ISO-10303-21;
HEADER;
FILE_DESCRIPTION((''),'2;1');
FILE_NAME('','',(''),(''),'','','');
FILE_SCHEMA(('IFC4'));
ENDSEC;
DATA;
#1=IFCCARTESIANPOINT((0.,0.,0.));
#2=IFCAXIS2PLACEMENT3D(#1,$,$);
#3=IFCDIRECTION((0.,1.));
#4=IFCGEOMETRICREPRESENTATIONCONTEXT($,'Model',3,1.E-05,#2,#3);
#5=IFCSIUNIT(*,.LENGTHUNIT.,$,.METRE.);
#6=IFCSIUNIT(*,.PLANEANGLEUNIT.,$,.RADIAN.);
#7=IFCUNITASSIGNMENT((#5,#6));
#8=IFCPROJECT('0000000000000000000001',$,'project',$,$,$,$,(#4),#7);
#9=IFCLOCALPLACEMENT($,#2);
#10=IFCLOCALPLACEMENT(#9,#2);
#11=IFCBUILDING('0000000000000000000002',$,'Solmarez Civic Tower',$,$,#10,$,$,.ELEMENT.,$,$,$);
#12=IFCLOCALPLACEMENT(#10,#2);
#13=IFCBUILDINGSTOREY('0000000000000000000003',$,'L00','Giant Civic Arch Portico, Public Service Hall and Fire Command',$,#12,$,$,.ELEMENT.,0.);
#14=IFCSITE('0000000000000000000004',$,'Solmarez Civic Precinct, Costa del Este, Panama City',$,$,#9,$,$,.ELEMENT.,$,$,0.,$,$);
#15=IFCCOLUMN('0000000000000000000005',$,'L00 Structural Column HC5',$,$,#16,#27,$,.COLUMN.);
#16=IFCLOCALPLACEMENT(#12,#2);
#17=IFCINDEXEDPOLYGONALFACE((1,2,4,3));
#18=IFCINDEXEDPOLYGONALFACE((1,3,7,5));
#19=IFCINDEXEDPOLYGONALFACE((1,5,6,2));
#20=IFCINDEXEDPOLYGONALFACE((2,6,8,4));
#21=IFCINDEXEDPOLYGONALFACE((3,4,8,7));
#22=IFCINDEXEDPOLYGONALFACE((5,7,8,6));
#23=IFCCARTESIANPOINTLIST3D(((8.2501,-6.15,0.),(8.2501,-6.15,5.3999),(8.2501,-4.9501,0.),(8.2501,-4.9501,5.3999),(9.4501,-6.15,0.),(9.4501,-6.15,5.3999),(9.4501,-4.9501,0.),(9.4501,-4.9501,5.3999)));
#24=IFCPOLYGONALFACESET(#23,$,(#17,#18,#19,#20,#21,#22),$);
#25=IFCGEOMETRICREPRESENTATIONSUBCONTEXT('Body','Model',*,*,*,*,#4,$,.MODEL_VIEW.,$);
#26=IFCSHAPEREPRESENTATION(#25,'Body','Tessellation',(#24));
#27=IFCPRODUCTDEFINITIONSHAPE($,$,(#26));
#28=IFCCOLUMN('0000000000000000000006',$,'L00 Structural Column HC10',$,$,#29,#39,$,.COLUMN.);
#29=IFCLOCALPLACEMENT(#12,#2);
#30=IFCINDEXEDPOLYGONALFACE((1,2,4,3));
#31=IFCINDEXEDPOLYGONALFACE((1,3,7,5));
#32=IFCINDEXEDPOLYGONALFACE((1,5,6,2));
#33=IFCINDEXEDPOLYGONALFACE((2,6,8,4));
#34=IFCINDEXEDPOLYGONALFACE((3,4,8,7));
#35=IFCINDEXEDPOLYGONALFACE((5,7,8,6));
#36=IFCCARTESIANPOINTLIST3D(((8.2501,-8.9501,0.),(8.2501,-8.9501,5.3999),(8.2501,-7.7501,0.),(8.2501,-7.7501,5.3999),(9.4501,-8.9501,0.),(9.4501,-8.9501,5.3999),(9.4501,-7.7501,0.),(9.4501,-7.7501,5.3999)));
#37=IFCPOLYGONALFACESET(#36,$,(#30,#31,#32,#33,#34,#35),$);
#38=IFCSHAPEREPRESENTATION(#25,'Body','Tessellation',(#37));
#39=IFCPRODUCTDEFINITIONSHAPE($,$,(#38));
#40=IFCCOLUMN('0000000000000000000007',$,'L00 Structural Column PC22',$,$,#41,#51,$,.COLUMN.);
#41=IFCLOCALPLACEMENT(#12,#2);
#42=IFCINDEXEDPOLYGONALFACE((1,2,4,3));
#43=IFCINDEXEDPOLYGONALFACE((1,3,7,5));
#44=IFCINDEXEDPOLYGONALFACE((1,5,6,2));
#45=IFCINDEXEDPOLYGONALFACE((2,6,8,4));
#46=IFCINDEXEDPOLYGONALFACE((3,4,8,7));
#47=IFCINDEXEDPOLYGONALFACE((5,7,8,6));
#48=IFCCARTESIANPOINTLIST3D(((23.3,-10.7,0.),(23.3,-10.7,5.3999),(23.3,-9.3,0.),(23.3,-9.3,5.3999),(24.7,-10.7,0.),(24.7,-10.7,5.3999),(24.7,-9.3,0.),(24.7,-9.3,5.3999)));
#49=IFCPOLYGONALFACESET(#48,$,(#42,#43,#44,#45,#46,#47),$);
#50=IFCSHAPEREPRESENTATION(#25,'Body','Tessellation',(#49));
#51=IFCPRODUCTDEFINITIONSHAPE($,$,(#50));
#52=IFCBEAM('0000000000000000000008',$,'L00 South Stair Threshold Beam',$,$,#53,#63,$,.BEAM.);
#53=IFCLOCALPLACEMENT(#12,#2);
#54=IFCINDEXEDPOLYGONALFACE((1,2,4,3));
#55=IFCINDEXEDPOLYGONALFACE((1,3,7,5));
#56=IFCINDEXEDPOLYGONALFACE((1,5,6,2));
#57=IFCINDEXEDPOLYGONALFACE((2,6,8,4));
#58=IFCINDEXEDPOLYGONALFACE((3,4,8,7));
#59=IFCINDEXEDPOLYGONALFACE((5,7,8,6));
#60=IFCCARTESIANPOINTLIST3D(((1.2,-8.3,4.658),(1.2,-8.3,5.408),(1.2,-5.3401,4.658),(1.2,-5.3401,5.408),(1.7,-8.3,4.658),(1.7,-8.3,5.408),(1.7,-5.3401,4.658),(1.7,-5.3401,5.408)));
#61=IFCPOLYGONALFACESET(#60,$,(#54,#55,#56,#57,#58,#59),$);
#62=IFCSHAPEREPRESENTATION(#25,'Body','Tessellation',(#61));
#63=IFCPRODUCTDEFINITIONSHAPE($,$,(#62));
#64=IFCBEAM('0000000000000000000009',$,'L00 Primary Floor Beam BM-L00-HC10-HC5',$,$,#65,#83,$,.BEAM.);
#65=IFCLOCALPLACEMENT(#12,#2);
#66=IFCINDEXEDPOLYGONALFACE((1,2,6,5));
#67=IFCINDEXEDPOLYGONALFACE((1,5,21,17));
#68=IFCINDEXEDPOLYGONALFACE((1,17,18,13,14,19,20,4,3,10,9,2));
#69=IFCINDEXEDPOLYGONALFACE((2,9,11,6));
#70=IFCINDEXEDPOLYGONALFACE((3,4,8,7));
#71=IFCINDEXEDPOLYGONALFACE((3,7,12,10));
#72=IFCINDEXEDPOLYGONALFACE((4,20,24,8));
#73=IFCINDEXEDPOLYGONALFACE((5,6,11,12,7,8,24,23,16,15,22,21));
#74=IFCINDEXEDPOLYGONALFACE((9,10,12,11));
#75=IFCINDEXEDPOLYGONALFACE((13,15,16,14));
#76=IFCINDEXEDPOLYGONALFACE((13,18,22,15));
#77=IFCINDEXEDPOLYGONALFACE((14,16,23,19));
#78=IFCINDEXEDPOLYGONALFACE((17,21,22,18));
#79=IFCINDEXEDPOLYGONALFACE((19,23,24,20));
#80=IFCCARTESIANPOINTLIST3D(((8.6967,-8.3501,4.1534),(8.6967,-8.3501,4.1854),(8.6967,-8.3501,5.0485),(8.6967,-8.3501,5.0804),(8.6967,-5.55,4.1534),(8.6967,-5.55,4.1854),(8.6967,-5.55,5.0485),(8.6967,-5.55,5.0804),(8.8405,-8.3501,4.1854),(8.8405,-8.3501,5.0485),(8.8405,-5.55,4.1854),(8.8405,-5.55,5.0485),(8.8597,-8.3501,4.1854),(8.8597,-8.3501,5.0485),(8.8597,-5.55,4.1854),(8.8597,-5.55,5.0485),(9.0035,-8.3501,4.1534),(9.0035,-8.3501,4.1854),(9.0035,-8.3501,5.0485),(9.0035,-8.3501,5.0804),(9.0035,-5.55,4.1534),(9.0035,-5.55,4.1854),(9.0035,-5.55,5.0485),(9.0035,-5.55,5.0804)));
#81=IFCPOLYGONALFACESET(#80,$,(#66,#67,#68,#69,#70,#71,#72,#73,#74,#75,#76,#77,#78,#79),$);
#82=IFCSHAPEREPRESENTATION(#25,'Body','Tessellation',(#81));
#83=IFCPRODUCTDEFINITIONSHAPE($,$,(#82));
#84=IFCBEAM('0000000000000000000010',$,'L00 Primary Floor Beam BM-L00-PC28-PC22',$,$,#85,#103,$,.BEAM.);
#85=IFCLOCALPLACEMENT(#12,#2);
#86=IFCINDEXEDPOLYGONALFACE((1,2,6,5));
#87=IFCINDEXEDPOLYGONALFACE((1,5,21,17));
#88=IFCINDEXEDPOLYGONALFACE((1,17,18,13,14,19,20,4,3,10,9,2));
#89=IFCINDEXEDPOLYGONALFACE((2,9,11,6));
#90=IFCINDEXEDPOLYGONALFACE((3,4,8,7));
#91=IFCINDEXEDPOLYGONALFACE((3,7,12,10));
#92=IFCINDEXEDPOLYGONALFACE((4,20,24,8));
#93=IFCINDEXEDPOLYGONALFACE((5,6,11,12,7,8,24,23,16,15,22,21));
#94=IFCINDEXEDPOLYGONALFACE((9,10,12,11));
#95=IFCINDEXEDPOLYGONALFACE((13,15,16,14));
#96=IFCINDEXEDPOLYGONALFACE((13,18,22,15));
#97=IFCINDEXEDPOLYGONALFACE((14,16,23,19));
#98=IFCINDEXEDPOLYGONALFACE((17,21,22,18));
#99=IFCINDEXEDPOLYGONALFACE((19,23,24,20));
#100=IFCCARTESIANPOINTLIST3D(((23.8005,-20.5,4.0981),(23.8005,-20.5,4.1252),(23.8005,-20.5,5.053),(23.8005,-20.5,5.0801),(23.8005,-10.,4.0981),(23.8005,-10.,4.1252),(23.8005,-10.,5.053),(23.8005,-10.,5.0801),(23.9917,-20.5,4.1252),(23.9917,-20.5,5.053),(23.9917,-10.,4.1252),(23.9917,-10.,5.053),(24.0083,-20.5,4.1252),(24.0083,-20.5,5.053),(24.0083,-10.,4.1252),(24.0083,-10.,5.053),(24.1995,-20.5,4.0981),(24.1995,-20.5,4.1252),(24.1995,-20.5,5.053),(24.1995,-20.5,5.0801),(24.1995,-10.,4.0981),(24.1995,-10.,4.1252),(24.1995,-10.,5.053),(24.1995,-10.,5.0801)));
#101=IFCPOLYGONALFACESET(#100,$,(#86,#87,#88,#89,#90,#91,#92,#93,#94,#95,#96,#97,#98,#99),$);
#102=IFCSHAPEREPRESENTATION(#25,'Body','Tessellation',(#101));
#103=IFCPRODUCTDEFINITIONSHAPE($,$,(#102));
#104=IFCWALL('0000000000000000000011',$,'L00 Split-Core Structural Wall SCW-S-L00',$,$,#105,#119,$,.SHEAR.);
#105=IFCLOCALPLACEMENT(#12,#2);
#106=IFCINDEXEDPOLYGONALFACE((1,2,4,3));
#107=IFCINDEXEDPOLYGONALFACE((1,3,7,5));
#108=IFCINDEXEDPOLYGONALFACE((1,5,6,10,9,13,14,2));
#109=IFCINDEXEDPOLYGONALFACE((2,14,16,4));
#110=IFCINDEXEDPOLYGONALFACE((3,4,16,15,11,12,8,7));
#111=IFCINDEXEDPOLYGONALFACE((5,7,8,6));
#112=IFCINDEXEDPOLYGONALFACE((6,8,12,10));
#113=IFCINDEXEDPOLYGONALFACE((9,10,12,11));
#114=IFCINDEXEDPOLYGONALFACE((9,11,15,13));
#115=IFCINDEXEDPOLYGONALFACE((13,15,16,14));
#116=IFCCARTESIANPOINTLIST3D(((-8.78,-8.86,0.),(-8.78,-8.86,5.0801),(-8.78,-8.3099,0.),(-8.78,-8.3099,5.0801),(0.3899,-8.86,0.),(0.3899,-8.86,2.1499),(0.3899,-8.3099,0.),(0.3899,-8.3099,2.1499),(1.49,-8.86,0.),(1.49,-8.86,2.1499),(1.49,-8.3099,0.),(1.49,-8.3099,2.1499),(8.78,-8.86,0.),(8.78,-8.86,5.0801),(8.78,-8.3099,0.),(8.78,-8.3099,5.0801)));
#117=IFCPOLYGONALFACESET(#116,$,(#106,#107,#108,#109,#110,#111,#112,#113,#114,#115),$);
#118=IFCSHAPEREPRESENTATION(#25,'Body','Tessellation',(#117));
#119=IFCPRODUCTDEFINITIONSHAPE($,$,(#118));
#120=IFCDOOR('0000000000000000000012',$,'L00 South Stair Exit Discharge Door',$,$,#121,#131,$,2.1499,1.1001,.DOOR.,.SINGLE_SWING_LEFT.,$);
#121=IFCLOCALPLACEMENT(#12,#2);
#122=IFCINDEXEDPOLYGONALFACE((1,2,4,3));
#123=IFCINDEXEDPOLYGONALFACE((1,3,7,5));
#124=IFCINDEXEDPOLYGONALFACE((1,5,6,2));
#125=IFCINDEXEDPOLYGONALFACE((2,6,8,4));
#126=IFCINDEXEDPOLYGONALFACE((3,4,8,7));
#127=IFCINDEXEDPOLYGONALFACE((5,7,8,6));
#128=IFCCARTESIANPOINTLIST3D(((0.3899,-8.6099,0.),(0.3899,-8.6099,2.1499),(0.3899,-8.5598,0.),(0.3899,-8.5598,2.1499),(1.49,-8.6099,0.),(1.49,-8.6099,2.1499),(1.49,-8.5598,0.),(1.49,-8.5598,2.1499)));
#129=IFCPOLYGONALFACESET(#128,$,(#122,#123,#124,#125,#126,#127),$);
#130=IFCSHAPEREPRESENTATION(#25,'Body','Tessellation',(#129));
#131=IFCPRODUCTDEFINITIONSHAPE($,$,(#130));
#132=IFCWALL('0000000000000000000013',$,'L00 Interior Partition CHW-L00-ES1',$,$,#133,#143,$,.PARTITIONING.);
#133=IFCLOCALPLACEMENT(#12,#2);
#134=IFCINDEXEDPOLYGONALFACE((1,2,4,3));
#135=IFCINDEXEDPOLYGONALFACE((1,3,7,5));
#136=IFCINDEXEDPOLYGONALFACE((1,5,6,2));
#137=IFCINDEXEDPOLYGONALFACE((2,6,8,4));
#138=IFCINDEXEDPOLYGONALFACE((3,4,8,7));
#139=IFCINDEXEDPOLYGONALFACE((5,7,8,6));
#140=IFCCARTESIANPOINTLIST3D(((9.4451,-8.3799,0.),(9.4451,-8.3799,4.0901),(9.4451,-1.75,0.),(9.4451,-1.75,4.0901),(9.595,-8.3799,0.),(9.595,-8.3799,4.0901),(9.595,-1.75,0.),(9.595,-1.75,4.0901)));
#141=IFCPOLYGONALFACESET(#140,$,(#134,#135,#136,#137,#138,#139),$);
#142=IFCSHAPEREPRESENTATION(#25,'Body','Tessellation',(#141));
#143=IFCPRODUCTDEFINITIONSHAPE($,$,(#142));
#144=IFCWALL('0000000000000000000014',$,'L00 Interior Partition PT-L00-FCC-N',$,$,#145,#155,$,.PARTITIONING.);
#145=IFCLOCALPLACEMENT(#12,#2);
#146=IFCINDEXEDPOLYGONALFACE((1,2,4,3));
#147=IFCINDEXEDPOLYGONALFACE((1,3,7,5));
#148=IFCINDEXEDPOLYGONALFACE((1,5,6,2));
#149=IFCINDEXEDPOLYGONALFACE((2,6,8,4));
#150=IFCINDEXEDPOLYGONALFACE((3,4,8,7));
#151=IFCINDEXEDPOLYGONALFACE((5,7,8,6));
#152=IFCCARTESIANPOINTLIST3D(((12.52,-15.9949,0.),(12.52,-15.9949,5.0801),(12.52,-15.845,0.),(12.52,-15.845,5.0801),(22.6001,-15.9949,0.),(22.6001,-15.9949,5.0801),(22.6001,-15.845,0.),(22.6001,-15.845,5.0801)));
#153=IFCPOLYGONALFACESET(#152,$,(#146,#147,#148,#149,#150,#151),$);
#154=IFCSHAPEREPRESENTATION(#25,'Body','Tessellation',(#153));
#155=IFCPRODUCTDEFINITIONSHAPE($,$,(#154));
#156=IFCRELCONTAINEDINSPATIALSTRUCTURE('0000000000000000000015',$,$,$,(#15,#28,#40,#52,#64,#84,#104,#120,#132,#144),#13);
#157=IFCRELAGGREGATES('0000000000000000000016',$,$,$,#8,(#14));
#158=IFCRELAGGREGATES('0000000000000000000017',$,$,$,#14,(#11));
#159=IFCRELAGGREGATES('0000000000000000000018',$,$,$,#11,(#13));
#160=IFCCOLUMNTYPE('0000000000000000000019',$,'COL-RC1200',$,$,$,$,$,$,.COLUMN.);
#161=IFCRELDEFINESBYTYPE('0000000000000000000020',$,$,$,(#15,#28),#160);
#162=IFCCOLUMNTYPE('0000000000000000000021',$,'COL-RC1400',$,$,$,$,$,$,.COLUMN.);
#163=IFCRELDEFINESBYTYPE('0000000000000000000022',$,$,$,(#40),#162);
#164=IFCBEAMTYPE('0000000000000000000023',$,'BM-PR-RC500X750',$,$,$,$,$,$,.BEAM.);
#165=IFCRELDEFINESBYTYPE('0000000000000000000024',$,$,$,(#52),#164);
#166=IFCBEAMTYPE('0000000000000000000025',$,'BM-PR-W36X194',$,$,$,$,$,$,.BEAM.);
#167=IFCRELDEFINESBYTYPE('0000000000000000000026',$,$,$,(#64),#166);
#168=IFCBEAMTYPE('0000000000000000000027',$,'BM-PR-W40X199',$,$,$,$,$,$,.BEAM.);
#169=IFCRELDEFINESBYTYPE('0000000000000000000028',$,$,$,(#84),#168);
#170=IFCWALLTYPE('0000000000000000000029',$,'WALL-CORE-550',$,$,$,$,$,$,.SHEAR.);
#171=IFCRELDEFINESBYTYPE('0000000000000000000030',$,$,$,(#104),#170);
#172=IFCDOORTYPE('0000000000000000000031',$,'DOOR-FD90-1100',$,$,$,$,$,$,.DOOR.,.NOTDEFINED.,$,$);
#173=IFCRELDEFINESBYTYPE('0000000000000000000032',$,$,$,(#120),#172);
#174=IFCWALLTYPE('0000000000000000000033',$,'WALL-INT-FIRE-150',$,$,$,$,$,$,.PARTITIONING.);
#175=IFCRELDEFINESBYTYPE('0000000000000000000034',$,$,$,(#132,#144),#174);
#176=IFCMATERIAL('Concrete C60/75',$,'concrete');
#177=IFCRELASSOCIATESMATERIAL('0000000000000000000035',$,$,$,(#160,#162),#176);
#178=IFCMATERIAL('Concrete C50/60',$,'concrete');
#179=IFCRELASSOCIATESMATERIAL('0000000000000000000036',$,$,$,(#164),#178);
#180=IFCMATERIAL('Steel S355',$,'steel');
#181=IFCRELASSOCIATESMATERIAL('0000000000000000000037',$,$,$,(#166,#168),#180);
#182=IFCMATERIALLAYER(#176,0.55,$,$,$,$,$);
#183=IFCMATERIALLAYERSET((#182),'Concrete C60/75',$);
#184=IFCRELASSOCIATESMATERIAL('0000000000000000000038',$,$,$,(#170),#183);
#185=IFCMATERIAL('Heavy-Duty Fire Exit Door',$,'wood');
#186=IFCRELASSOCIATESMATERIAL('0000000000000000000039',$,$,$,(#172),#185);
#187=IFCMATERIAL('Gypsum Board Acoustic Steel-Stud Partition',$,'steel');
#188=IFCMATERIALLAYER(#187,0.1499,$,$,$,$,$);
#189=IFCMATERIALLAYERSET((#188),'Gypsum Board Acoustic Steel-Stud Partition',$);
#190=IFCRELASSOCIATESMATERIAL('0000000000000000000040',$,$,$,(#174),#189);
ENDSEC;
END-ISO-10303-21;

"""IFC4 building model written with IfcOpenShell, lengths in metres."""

from ifc_helpers import new_model, si_unit, direction, frame, frame_2d, origin, origin_2d, place, context, subcontext, project, spatial, rectangle, i_section, extrude, material, layer, layer_set, material_profile, profile_set, type_object, element, fill, save


model = new_model("IFC4")

# Units and contexts
model_context = context("Model", 3, precision=1e-05, world=origin(), true_north=direction((0.0, 1.0)))
body_context = subcontext(model_context, "Body", "Model", "MODEL_VIEW")
ifc_project = project(units=[si_unit("LENGTHUNIT", "METRE"), si_unit("PLANEANGLEUNIT", "RADIAN")], contexts=[model_context])

# Site, building, storey
site_placement = place(None, origin())
site = spatial("IfcSite", under=ifc_project, at=site_placement, Name="Solmarez Civic Precinct, Costa del Este, Panama City", CompositionType="ELEMENT", RefElevation=0.0)
building_placement = place(site_placement, origin())
building = spatial("IfcBuilding", under=site, at=building_placement, Name="Solmarez Civic Tower", CompositionType="ELEMENT")
storey_placement = place(building_placement, origin())
storey = spatial("IfcBuildingStorey", under=building, at=storey_placement, Name="L00", Description="Giant Civic Arch Portico, Public Service Hall and Fire Command", CompositionType="ELEMENT", Elevation=0.0)

# Columns
ifc_material_1 = material(Name="Concrete C60/75", Category="concrete")
ifc_material_profile_1 = material_profile(ifc_material_1, rectangle(XDim=1.2, YDim=1.2, at=origin_2d()), Name="RC1200X1200")
ifc_profile_set_1 = profile_set([ifc_material_profile_1], Name="Concrete C60/75")
column_type_1 = type_object("IfcColumnType", Name="COL-RC1200", PredefinedType="COLUMN", material=ifc_profile_set_1)
for number, where, z_axis, x_axis, name in (
    (1, (8.8501, -5.55, 0.0), (0.0, 0.0, 1.0), (1.0, 0.0, 0.0), "L00 Structural Column HC5"),
    (2, (8.8501, -8.3501, 0.0), (0.0, 0.0, 1.0), (1.0, 0.0, 0.0), "L00 Structural Column HC10"),
):
    element("IfcColumn", number, at=place(storey_placement, frame(where, z_axis=z_axis, x_axis=x_axis)), inside=storey, type_object=column_type_1, Name=name, PredefinedType="COLUMN", context=body_context, shape_type="SweptSolid", body=[
        extrude(rectangle(XDim=1.2, YDim=1.2, at=origin_2d()), origin(), (0.0, 0.0, 1.0), 5.3999),
    ])
ifc_material_profile_2 = material_profile(ifc_material_1, rectangle(XDim=1.3999, YDim=1.3999, at=origin_2d()), Name="RC1400X1400")
ifc_profile_set_2 = profile_set([ifc_material_profile_2], Name="Concrete C60/75")
column_type_2 = type_object("IfcColumnType", Name="COL-RC1400", PredefinedType="COLUMN", material=ifc_profile_set_2)
column_placement = place(storey_placement, frame((24.0, -10.0, 0.0), z_axis=(0.0, 0.0, 1.0), x_axis=(1.0, 0.0, 0.0)))
element("IfcColumn", 3, at=column_placement, inside=storey, type_object=column_type_2, Name="L00 Structural Column PC22", PredefinedType="COLUMN", context=body_context, shape_type="SweptSolid", body=[
    extrude(rectangle(XDim=1.3999, YDim=1.3999, at=origin_2d()), origin(), (0.0, 0.0, 1.0), 5.3999),
])

# Beams
ifc_material_2 = material(Name="Concrete C50/60", Category="concrete")
ifc_material_profile_3 = material_profile(ifc_material_2, rectangle(XDim=0.5, YDim=0.75, at=origin_2d()), Name="RC500X750")
ifc_profile_set_3 = profile_set([ifc_material_profile_3], Name="Concrete C50/60")
beam_type_1 = type_object("IfcBeamType", Name="BM-PR-RC500X750", PredefinedType="BEAM", material=ifc_profile_set_3)
beam_1_placement = place(storey_placement, frame((1.45, -8.3, 5.033), z_axis=(0.0, 1.0, 0.0), x_axis=(-1.0, 0.0, 0.0)))
element("IfcBeam", 4, at=beam_1_placement, inside=storey, type_object=beam_type_1, Name="L00 South Stair Threshold Beam", PredefinedType="BEAM", context=body_context, shape_type="SweptSolid", body=[
    extrude(rectangle(XDim=0.5, YDim=0.75, at=origin_2d()), origin(), (0.0, 0.0, 1.0), 2.96),
])
ifc_material_3 = material(Name="Steel S355", Category="steel")
ifc_material_profile_4 = material_profile(ifc_material_3, i_section(OverallWidth=0.3069, OverallDepth=0.927, WebThickness=0.0193, FlangeThickness=0.032, at=origin_2d()), Name="W36X194")
ifc_profile_set_4 = profile_set([ifc_material_profile_4], Name="Steel S355")
beam_type_2 = type_object("IfcBeamType", Name="BM-PR-W36X194", PredefinedType="BEAM", material=ifc_profile_set_4)
beam_2_placement = place(storey_placement, frame((8.8501, -8.3501, 4.6169), z_axis=(0.0, 1.0, 0.0), x_axis=(-1.0, 0.0, 0.0)))
element("IfcBeam", 5, at=beam_2_placement, inside=storey, type_object=beam_type_2, Name="L00 Primary Floor Beam BM-L00-HC10-HC5", PredefinedType="BEAM", context=body_context, shape_type="SweptSolid", body=[
    extrude(i_section(OverallWidth=0.3069, OverallDepth=0.927, WebThickness=0.0193, FlangeThickness=0.032, at=origin_2d()), origin(), (0.0, 0.0, 1.0), 2.8),
])
ifc_material_profile_5 = material_profile(ifc_material_3, i_section(OverallWidth=0.3989, OverallDepth=0.9819, WebThickness=0.0166, FlangeThickness=0.0271, at=origin_2d()), Name="W40X199")
ifc_profile_set_5 = profile_set([ifc_material_profile_5], Name="Steel S355")
beam_type_3 = type_object("IfcBeamType", Name="BM-PR-W40X199", PredefinedType="BEAM", material=ifc_profile_set_5)
beam_3_placement = place(storey_placement, frame((24.0, -20.5, 4.5891), z_axis=(0.0, 1.0, 0.0), x_axis=(-1.0, 0.0, 0.0)))
element("IfcBeam", 6, at=beam_3_placement, inside=storey, type_object=beam_type_3, Name="L00 Primary Floor Beam BM-L00-PC28-PC22", PredefinedType="BEAM", context=body_context, shape_type="SweptSolid", body=[
    extrude(i_section(OverallWidth=0.3989, OverallDepth=0.9819, WebThickness=0.0166, FlangeThickness=0.0271, at=origin_2d()), origin(), (0.0, 0.0, 1.0), 10.5),
])

# Wall, opening, door
ifc_layer_1 = layer(ifc_material_1, 0.55)
ifc_layer_set_1 = layer_set([ifc_layer_1], Name="Concrete C60/75")
wall_type_1 = type_object("IfcWallType", Name="WALL-CORE-550", PredefinedType="SHEAR", material=ifc_layer_set_1)
wall_1_placement = place(storey_placement, frame((8.78, -8.585, 0.0), z_axis=(0.0, 0.0, 1.0), x_axis=(-1.0, 0.0, 0.0)))
wall_1 = element("IfcWall", 7, at=wall_1_placement, inside=storey, type_object=wall_type_1, Name="L00 Split-Core Structural Wall SCW-S-L00", PredefinedType="SHEAR", context=body_context, shape_type="SweptSolid", body=[
    extrude(rectangle(XDim=17.5601, YDim=0.55, at=frame_2d((8.78, 0.0))), origin(), (0.0, 0.0, 1.0), 5.0801),
])
opening_1_placement = place(wall_1_placement, frame((7.29, 0.0, 0.0)))
opening_1 = element("IfcOpeningElement", 8, at=opening_1_placement, cuts=wall_1, PredefinedType="OPENING", context=body_context, shape_type="SweptSolid", body=[
    extrude(rectangle(XDim=1.1001, YDim=2.1499, at=frame_2d((0.55, 1.075))), frame((0.0, 0.2849, 0.0), z_axis=(0.0, -1.0, 0.0), x_axis=(1.0, 0.0, 0.0)), (0.0, 0.0, 1.0), 0.5701),
])
ifc_material_4 = material(Name="Heavy-Duty Fire Exit Door", Category="wood")
door_type_1 = type_object("IfcDoorType", Name="DOOR-FD90-1100", OperationType="NOTDEFINED", PredefinedType="DOOR", material=ifc_material_4)
door_1_placement = place(opening_1_placement, origin())
door_1 = element("IfcDoor", 9, at=door_1_placement, inside=storey, type_object=door_type_1, Name="L00 South Stair Exit Discharge Door", OperationType="SINGLE_SWING_LEFT", OverallHeight=2.1499, OverallWidth=1.1001, PredefinedType="DOOR", context=body_context, shape_type="SweptSolid", body=[
    extrude(rectangle(XDim=1.1001, YDim=2.1499, at=frame_2d((0.55, 1.075))), frame((0.0, 0.0249, 0.0), z_axis=(0.0, -1.0, 0.0), x_axis=(1.0, 0.0, 0.0)), (0.0, 0.0, 1.0), 0.05),
])
fill(opening_1, door_1)

# Walls
ifc_material_5 = material(Name="Gypsum Board Acoustic Steel-Stud Partition", Category="steel")
ifc_layer_2 = layer(ifc_material_5, 0.1499)
ifc_layer_set_2 = layer_set([ifc_layer_2], Name="Gypsum Board Acoustic Steel-Stud Partition")
wall_type_2 = type_object("IfcWallType", Name="WALL-INT-FIRE-150", PredefinedType="PARTITIONING", material=ifc_layer_set_2)
wall_2_placement = place(storey_placement, frame((9.52, -8.3799, 0.0), z_axis=(0.0, 0.0, 1.0), x_axis=(0.0, 1.0, 0.0)))
element("IfcWall", 10, at=wall_2_placement, inside=storey, type_object=wall_type_2, Name="L00 Interior Partition CHW-L00-ES1", PredefinedType="PARTITIONING", context=body_context, shape_type="SweptSolid", body=[
    extrude(rectangle(XDim=6.6299, YDim=0.1499, at=frame_2d((3.3149, 0.0))), origin(), (0.0, 0.0, 1.0), 4.0901),
])
wall_3_placement = place(storey_placement, frame((12.52, -15.9199, 0.0), z_axis=(0.0, 0.0, 1.0), x_axis=(1.0, 0.0, 0.0)))
element("IfcWall", 11, at=wall_3_placement, inside=storey, type_object=wall_type_2, Name="L00 Interior Partition PT-L00-FCC-N", PredefinedType="PARTITIONING", context=body_context, shape_type="SweptSolid", body=[
    extrude(rectangle(XDim=10.0801, YDim=0.1499, at=frame_2d((5.04, 0.0))), origin(), (0.0, 0.0, 1.0), 5.0801),
])

save(model, "model.ifc")
